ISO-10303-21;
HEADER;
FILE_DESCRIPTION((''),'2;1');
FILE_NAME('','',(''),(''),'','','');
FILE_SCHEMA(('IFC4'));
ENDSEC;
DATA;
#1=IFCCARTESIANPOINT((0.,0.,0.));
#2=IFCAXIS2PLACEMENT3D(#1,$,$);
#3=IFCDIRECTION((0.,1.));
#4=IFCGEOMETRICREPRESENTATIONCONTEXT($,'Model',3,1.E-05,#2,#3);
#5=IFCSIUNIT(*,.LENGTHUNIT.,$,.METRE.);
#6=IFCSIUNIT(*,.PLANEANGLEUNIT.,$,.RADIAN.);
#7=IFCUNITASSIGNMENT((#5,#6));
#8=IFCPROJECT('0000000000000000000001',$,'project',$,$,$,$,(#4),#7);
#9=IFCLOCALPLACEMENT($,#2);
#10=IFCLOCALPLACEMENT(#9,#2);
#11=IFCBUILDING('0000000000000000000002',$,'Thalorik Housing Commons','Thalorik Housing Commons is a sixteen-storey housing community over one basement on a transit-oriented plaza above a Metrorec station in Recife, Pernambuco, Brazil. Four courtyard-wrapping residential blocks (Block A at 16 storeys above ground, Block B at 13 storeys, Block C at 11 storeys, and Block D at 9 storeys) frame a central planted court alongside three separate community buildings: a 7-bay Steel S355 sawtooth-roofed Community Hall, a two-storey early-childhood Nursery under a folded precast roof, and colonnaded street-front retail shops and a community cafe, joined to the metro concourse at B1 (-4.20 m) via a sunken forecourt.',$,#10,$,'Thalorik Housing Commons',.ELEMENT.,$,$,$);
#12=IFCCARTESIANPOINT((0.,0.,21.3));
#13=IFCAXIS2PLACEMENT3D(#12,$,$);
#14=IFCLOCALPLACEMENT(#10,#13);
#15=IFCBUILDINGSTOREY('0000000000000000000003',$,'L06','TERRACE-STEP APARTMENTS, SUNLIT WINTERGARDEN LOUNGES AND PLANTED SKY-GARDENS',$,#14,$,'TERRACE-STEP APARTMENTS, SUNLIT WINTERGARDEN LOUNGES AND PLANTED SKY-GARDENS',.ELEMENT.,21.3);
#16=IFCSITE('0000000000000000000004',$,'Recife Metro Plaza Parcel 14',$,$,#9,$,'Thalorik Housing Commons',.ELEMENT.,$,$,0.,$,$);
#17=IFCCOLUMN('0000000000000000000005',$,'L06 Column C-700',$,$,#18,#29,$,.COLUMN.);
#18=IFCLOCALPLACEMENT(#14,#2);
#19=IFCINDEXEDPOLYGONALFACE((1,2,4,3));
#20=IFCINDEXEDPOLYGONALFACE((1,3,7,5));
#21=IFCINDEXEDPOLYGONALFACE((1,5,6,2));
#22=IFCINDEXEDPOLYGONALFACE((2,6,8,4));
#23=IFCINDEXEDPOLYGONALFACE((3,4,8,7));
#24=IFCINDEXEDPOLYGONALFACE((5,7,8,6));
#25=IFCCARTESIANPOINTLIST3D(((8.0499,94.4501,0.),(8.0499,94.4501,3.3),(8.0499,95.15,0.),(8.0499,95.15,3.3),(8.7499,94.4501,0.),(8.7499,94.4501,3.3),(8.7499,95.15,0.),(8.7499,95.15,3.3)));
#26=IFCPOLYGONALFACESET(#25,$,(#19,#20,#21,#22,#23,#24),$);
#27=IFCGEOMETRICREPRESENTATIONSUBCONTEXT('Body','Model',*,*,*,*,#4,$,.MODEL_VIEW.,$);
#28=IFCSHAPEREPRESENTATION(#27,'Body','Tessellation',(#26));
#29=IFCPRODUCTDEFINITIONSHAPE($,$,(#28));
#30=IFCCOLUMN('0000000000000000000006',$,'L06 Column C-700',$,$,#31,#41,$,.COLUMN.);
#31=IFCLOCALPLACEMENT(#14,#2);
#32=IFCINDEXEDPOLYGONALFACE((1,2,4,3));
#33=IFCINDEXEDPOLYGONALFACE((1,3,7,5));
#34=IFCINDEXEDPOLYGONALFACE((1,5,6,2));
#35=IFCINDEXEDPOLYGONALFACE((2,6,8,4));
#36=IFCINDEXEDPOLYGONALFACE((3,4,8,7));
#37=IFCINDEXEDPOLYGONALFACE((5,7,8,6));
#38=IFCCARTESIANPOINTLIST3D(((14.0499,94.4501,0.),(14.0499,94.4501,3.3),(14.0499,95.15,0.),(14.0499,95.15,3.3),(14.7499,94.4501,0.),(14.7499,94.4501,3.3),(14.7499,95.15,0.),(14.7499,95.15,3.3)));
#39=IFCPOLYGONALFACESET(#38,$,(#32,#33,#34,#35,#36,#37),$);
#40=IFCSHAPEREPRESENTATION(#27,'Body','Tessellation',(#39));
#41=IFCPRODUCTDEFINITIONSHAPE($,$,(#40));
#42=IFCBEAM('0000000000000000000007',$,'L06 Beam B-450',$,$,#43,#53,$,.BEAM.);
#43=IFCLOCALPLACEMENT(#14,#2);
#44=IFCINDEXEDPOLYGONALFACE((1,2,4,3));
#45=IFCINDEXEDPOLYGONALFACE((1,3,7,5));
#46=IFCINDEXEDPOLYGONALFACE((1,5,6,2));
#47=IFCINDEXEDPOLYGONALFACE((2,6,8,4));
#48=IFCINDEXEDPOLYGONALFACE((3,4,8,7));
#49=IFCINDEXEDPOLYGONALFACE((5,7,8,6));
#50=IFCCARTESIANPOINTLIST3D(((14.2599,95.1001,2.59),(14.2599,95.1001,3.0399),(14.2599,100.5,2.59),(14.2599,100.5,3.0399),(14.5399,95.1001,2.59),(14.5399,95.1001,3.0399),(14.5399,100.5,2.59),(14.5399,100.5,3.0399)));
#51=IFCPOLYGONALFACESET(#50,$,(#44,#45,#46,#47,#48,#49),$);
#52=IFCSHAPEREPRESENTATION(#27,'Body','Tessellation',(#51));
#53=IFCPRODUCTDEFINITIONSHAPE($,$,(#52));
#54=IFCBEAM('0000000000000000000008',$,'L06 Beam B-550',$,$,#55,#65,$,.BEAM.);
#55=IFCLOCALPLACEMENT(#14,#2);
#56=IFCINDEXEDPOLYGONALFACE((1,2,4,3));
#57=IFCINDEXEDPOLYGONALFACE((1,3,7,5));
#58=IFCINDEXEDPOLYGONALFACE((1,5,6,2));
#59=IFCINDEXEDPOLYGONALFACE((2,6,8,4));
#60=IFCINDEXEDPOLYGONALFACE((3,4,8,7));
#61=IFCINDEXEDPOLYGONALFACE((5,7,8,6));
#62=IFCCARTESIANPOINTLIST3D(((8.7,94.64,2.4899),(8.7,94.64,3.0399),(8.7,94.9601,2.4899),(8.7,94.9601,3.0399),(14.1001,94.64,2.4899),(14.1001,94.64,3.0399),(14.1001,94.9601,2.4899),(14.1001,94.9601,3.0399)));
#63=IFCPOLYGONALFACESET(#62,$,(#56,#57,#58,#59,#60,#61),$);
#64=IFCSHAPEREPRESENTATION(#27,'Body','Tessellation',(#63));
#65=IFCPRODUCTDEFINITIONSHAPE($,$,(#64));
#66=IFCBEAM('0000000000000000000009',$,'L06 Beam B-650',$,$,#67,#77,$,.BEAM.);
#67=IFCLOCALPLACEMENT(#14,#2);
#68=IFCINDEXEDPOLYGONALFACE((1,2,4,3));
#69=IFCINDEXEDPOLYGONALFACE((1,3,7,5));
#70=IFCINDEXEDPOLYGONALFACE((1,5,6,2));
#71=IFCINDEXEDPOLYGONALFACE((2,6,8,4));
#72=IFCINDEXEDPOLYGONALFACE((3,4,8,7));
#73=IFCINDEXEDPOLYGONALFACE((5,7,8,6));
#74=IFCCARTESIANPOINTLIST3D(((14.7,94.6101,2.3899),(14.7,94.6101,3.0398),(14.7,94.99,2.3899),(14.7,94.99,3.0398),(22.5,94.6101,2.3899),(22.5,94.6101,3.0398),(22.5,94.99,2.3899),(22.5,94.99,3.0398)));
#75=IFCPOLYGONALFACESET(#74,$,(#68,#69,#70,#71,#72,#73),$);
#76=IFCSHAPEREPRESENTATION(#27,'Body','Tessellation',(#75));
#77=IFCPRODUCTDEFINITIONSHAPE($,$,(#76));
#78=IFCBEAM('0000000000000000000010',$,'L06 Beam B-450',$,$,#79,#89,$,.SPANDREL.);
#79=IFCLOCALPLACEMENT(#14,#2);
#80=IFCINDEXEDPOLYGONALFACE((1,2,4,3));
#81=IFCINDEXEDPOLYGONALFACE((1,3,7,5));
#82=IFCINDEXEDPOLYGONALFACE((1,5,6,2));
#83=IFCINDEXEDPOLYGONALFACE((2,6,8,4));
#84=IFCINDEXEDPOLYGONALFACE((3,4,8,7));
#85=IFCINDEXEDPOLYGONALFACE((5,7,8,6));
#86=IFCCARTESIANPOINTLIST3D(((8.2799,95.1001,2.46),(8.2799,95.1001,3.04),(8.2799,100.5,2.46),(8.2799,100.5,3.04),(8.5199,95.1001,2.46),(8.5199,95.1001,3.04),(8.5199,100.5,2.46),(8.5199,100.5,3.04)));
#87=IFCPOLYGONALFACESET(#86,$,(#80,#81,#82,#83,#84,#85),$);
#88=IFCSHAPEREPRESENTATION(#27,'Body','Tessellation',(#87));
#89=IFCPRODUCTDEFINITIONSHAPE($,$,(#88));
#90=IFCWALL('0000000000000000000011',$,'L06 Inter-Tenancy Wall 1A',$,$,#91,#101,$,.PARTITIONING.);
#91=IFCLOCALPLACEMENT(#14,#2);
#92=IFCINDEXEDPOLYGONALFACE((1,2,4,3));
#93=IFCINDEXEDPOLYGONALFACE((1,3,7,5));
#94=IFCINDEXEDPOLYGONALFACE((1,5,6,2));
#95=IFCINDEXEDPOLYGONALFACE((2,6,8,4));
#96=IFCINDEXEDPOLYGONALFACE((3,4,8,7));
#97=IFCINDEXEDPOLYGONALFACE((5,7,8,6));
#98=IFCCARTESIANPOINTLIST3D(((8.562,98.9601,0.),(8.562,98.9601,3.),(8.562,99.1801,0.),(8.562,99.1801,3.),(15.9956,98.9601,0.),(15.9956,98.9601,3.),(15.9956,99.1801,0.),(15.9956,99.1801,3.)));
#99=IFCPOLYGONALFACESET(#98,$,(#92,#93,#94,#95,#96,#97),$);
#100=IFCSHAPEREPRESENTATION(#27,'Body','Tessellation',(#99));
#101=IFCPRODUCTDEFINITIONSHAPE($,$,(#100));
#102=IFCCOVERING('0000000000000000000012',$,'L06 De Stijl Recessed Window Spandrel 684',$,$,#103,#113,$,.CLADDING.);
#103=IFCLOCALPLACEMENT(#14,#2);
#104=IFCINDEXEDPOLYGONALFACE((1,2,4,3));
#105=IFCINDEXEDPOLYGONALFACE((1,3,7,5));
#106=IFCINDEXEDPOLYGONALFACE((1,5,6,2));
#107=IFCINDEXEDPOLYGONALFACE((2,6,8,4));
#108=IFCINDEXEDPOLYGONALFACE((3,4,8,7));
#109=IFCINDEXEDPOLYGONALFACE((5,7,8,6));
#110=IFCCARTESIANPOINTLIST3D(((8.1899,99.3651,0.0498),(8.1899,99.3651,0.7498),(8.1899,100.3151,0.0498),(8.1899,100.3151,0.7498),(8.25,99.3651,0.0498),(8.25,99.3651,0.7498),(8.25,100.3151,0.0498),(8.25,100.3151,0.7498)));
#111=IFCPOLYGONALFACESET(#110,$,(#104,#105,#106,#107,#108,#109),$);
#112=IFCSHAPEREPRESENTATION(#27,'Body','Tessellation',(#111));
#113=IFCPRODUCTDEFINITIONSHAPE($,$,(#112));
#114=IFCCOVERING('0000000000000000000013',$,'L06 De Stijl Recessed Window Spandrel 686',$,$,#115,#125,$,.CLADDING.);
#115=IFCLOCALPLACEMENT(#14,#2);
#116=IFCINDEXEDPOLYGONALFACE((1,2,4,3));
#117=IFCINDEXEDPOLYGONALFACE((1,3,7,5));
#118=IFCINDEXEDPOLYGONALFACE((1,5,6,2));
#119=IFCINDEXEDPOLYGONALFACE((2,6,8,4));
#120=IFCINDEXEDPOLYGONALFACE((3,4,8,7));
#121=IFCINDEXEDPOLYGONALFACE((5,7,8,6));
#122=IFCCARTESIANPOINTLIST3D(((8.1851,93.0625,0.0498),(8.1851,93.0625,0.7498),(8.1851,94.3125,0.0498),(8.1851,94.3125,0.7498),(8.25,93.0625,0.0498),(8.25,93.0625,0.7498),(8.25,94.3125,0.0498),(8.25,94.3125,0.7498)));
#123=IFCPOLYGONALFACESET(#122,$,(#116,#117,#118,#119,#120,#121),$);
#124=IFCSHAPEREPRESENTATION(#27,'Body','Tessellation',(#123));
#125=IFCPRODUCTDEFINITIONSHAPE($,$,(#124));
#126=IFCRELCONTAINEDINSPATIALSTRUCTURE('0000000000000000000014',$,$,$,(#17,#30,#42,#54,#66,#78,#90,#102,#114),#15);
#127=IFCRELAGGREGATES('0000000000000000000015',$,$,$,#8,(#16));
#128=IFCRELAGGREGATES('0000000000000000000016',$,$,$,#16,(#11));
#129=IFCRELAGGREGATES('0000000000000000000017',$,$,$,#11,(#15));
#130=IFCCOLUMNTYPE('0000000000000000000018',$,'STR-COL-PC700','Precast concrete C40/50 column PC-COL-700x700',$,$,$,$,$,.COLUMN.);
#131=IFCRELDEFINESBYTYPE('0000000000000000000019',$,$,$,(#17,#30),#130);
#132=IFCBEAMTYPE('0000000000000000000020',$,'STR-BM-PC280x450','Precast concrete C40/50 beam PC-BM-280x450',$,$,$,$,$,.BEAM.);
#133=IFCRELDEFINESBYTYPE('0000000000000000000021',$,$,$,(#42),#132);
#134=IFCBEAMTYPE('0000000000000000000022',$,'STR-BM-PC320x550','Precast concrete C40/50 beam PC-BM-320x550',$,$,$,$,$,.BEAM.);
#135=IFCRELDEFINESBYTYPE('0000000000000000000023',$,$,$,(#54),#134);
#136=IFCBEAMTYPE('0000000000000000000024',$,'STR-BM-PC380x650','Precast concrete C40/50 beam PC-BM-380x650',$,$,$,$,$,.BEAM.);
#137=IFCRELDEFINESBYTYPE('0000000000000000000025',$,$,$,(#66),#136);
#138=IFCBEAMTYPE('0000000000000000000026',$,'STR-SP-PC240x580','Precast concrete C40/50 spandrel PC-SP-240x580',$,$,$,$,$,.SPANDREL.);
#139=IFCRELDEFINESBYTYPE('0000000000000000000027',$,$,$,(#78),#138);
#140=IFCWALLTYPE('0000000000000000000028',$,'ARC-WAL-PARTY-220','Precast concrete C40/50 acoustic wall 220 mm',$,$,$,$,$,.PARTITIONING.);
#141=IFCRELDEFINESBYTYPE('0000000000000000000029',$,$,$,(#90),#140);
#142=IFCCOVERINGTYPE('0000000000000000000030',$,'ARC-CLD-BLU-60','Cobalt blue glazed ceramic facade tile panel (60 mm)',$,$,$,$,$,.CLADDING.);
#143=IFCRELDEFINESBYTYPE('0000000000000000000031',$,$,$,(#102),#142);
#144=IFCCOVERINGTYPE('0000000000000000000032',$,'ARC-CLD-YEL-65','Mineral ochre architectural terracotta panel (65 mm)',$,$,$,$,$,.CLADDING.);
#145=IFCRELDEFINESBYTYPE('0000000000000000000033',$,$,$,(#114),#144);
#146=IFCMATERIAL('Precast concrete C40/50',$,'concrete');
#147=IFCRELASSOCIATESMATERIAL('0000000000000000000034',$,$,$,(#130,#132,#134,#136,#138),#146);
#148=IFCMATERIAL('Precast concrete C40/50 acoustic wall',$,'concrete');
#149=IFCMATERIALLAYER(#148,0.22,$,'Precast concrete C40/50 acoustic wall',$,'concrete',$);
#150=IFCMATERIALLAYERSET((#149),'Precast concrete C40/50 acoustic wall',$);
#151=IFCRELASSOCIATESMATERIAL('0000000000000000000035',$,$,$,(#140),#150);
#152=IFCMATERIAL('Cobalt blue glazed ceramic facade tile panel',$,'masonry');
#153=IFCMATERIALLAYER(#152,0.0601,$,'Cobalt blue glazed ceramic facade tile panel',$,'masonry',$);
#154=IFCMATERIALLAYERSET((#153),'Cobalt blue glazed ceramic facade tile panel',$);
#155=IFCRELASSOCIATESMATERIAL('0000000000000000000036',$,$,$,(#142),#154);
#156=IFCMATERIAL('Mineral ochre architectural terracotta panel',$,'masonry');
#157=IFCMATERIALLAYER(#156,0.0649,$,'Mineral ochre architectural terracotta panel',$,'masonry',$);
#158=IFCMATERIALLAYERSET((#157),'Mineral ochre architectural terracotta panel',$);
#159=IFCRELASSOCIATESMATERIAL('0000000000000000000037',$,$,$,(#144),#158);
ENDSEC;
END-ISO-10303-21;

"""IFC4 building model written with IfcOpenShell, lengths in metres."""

from ifc_helpers import new_model, si_unit, direction, frame, frame_2d, origin, origin_2d, place, context, subcontext, project, spatial, rectangle, extrude, material, layer, layer_set, material_profile, profile_set, type_object, element, save


model = new_model("IFC4")

# Units and contexts
model_context = context("Model", 3, precision=1e-05, world=origin(), true_north=direction((0.0, 1.0)))
body_context = subcontext(model_context, "Body", "Model", "MODEL_VIEW")
ifc_project = project(units=[si_unit("LENGTHUNIT", "METRE"), si_unit("PLANEANGLEUNIT", "RADIAN")], contexts=[model_context])

# Site, building, storey
site_placement = place(None, origin())
site = spatial("IfcSite", under=ifc_project, at=site_placement, Name="Recife Metro Plaza Parcel 14", LongName="Thalorik Housing Commons", CompositionType="ELEMENT", RefElevation=0.0)
building_placement = place(site_placement, origin())
building = spatial("IfcBuilding", under=site, at=building_placement, Name="Thalorik Housing Commons", Description="Thalorik Housing Commons is a sixteen-storey housing community over one basement on a transit-oriented plaza above a Metrorec station in Recife, Pernambuco, Brazil. Four courtyard-wrapping residential blocks (Block A at 16 storeys above ground, Block B at 13 storeys, Block C at 11 storeys, and Block D at 9 storeys) frame a central planted court alongside three separate community buildings: a 7-bay Steel S355 sawtooth-roofed Community Hall, a two-storey early-childhood Nursery under a folded precast roof, and colonnaded street-front retail shops and a community cafe, joined to the metro concourse at B1 (-4.20 m) via a sunken forecourt.", LongName="Thalorik Housing Commons", CompositionType="ELEMENT")
storey_placement = place(building_placement, frame((0.0, 0.0, 21.3)))
storey = spatial("IfcBuildingStorey", under=building, at=storey_placement, Name="L06", Description="TERRACE-STEP APARTMENTS, SUNLIT WINTERGARDEN LOUNGES AND PLANTED SKY-GARDENS", LongName="TERRACE-STEP APARTMENTS, SUNLIT WINTERGARDEN LOUNGES AND PLANTED SKY-GARDENS", CompositionType="ELEMENT", Elevation=21.3)

# Columns
ifc_material_1 = material(Name="Precast concrete C40/50", Category="concrete")
ifc_material_profile_1 = material_profile(ifc_material_1, rectangle(XDim=0.7, YDim=0.7, at=origin_2d()), Name="PC 700x700", Category="concrete")
ifc_profile_set_1 = profile_set([ifc_material_profile_1], Name="Precast concrete C40/50")
column_type = type_object("IfcColumnType", Name="STR-COL-PC700", Description="Precast concrete C40/50 column PC-COL-700x700", PredefinedType="COLUMN", material=ifc_profile_set_1)
for number, where, z_axis, x_axis, name in (
    (1, (8.3999, 94.8, 0.0), (0.0, 0.0, 1.0), (1.0, 0.0, 0.0), "L06 Column C-700"),
    (2, (14.3999, 94.8, 0.0), (0.0, 0.0, 1.0), (1.0, 0.0, 0.0), "L06 Column C-700"),
):
    element("IfcColumn", number, at=place(storey_placement, frame(where, z_axis=z_axis, x_axis=x_axis)), inside=storey, type_object=column_type, Name=name, PredefinedType="COLUMN", context=body_context, shape_type="SweptSolid", body=[
        extrude(rectangle(XDim=0.7, YDim=0.7, at=origin_2d()), origin(), (0.0, 0.0, 1.0), 3.3),
    ])

# Beams
ifc_material_profile_2 = material_profile(ifc_material_1, rectangle(XDim=0.28, YDim=0.45, at=origin_2d()), Name="PC 280x450", Category="concrete")
ifc_profile_set_2 = profile_set([ifc_material_profile_2], Name="Precast concrete C40/50")
beam_type_1 = type_object("IfcBeamType", Name="STR-BM-PC280x450", Description="Precast concrete C40/50 beam PC-BM-280x450", PredefinedType="BEAM", material=ifc_profile_set_2)
beam_1_placement = place(storey_placement, frame((14.3999, 95.1001, 2.8149), z_axis=(0.0, 1.0, 0.0), x_axis=(-1.0, 0.0, 0.0)))
element("IfcBeam", 3, at=beam_1_placement, inside=storey, type_object=beam_type_1, Name="L06 Beam B-450", PredefinedType="BEAM", context=body_context, shape_type="SweptSolid", body=[
    extrude(rectangle(XDim=0.28, YDim=0.45, at=origin_2d()), origin(), (0.0, 0.0, 1.0), 5.3999),
])
ifc_material_profile_3 = material_profile(ifc_material_1, rectangle(XDim=0.3201, YDim=0.55, at=origin_2d()), Name="PC 320x550", Category="concrete")
ifc_profile_set_3 = profile_set([ifc_material_profile_3], Name="Precast concrete C40/50")
beam_type_2 = type_object("IfcBeamType", Name="STR-BM-PC320x550", Description="Precast concrete C40/50 beam PC-BM-320x550", PredefinedType="BEAM", material=ifc_profile_set_3)
beam_2_placement = place(storey_placement, frame((8.7, 94.8, 2.7649), z_axis=(1.0, 0.0, 0.0), x_axis=(0.0, 1.0, 0.0)))
element("IfcBeam", 4, at=beam_2_placement, inside=storey, type_object=beam_type_2, Name="L06 Beam B-550", PredefinedType="BEAM", context=body_context, shape_type="SweptSolid", body=[
    extrude(rectangle(XDim=0.3201, YDim=0.55, at=origin_2d()), origin(), (0.0, 0.0, 1.0), 5.4001),
])
ifc_material_profile_4 = material_profile(ifc_material_1, rectangle(XDim=0.3799, YDim=0.6499, at=origin_2d()), Name="PC 380x650", Category="concrete")
ifc_profile_set_4 = profile_set([ifc_material_profile_4], Name="Precast concrete C40/50")
beam_type_3 = type_object("IfcBeamType", Name="STR-BM-PC380x650", Description="Precast concrete C40/50 beam PC-BM-380x650", PredefinedType="BEAM", material=ifc_profile_set_4)
beam_3_placement = place(storey_placement, frame((14.7, 94.8, 2.7148), z_axis=(1.0, 0.0, 0.0), x_axis=(0.0, 1.0, 0.0)))
element("IfcBeam", 5, at=beam_3_placement, inside=storey, type_object=beam_type_3, Name="L06 Beam B-650", PredefinedType="BEAM", context=body_context, shape_type="SweptSolid", body=[
    extrude(rectangle(XDim=0.3799, YDim=0.6499, at=origin_2d()), origin(), (0.0, 0.0, 1.0), 7.8),
])
ifc_material_profile_5 = material_profile(ifc_material_1, rectangle(XDim=0.24, YDim=0.5801, at=origin_2d()), Name="PC SP 240x580", Category="concrete")
ifc_profile_set_5 = profile_set([ifc_material_profile_5], Name="Precast concrete C40/50")
beam_type_4 = type_object("IfcBeamType", Name="STR-SP-PC240x580", Description="Precast concrete C40/50 spandrel PC-SP-240x580", PredefinedType="SPANDREL", material=ifc_profile_set_5)
beam_4_placement = place(storey_placement, frame((8.3999, 95.1001, 2.75), z_axis=(0.0, 1.0, 0.0), x_axis=(-1.0, 0.0, 0.0)))
element("IfcBeam", 6, at=beam_4_placement, inside=storey, type_object=beam_type_4, Name="L06 Beam B-450", PredefinedType="SPANDREL", context=body_context, shape_type="SweptSolid", body=[
    extrude(rectangle(XDim=0.24, YDim=0.5801, at=origin_2d()), origin(), (0.0, 0.0, 1.0), 5.3999),
])

# Wall
ifc_material_2 = material(Name="Precast concrete C40/50 acoustic wall", Category="concrete")
ifc_layer_1 = layer(ifc_material_2, 0.22, Name="Precast concrete C40/50 acoustic wall", Category="concrete")
ifc_layer_set_1 = layer_set([ifc_layer_1], Name="Precast concrete C40/50 acoustic wall")
wall_type_1 = type_object("IfcWallType", Name="ARC-WAL-PARTY-220", Description="Precast concrete C40/50 acoustic wall 220 mm", PredefinedType="PARTITIONING", material=ifc_layer_set_1)
wall_1_placement = place(storey_placement, frame((8.562, 99.0701, 0.0), z_axis=(0.0, 0.0, 1.0), x_axis=(1.0, 0.0, 0.0)))
element("IfcWall", 7, at=wall_1_placement, inside=storey, type_object=wall_type_1, Name="L06 Inter-Tenancy Wall 1A", PredefinedType="PARTITIONING", context=body_context, shape_type="SweptSolid", body=[
    extrude(rectangle(XDim=7.4336, YDim=0.22, at=frame_2d((3.7168, 0.0))), origin(), (0.0, 0.0, 1.0), 3.0),
])

# Coverings
ifc_material_3 = material(Name="Cobalt blue glazed ceramic facade tile panel", Category="masonry")
ifc_layer_2 = layer(ifc_material_3, 0.0601, Name="Cobalt blue glazed ceramic facade tile panel", Category="masonry")
ifc_layer_set_2 = layer_set([ifc_layer_2], Name="Cobalt blue glazed ceramic facade tile panel")
covering_type_1 = type_object("IfcCoveringType", Name="ARC-CLD-BLU-60", Description="Cobalt blue glazed ceramic facade tile panel (60 mm)", PredefinedType="CLADDING", material=ifc_layer_set_2)
covering_1_placement = place(storey_placement, frame((8.22, 99.8401, 0.0498), z_axis=(0.0, 0.0, 1.0), x_axis=(0.0, -1.0, 0.0)))
element("IfcCovering", 8, at=covering_1_placement, inside=storey, type_object=covering_type_1, Name="L06 De Stijl Recessed Window Spandrel 684", PredefinedType="CLADDING", context=body_context, shape_type="SweptSolid", body=[
    extrude(rectangle(XDim=0.95, YDim=0.0601, at=origin_2d()), origin(), (0.0, 0.0, 1.0), 0.7),
])
ifc_material_4 = material(Name="Mineral ochre architectural terracotta panel", Category="masonry")
ifc_layer_3 = layer(ifc_material_4, 0.0649, Name="Mineral ochre architectural terracotta panel", Category="masonry")
ifc_layer_set_3 = layer_set([ifc_layer_3], Name="Mineral ochre architectural terracotta panel")
covering_type_2 = type_object("IfcCoveringType", Name="ARC-CLD-YEL-65", Description="Mineral ochre architectural terracotta panel (65 mm)", PredefinedType="CLADDING", material=ifc_layer_set_3)
covering_2_placement = place(storey_placement, frame((8.2175, 93.6875, 0.0498), z_axis=(0.0, 0.0, 1.0), x_axis=(0.0, -1.0, 0.0)))
element("IfcCovering", 9, at=covering_2_placement, inside=storey, type_object=covering_type_2, Name="L06 De Stijl Recessed Window Spandrel 686", PredefinedType="CLADDING", context=body_context, shape_type="SweptSolid", body=[
    extrude(rectangle(XDim=1.25, YDim=0.0649, at=origin_2d()), origin(), (0.0, 0.0, 1.0), 0.7),
])

save(model, "model.ifc")
